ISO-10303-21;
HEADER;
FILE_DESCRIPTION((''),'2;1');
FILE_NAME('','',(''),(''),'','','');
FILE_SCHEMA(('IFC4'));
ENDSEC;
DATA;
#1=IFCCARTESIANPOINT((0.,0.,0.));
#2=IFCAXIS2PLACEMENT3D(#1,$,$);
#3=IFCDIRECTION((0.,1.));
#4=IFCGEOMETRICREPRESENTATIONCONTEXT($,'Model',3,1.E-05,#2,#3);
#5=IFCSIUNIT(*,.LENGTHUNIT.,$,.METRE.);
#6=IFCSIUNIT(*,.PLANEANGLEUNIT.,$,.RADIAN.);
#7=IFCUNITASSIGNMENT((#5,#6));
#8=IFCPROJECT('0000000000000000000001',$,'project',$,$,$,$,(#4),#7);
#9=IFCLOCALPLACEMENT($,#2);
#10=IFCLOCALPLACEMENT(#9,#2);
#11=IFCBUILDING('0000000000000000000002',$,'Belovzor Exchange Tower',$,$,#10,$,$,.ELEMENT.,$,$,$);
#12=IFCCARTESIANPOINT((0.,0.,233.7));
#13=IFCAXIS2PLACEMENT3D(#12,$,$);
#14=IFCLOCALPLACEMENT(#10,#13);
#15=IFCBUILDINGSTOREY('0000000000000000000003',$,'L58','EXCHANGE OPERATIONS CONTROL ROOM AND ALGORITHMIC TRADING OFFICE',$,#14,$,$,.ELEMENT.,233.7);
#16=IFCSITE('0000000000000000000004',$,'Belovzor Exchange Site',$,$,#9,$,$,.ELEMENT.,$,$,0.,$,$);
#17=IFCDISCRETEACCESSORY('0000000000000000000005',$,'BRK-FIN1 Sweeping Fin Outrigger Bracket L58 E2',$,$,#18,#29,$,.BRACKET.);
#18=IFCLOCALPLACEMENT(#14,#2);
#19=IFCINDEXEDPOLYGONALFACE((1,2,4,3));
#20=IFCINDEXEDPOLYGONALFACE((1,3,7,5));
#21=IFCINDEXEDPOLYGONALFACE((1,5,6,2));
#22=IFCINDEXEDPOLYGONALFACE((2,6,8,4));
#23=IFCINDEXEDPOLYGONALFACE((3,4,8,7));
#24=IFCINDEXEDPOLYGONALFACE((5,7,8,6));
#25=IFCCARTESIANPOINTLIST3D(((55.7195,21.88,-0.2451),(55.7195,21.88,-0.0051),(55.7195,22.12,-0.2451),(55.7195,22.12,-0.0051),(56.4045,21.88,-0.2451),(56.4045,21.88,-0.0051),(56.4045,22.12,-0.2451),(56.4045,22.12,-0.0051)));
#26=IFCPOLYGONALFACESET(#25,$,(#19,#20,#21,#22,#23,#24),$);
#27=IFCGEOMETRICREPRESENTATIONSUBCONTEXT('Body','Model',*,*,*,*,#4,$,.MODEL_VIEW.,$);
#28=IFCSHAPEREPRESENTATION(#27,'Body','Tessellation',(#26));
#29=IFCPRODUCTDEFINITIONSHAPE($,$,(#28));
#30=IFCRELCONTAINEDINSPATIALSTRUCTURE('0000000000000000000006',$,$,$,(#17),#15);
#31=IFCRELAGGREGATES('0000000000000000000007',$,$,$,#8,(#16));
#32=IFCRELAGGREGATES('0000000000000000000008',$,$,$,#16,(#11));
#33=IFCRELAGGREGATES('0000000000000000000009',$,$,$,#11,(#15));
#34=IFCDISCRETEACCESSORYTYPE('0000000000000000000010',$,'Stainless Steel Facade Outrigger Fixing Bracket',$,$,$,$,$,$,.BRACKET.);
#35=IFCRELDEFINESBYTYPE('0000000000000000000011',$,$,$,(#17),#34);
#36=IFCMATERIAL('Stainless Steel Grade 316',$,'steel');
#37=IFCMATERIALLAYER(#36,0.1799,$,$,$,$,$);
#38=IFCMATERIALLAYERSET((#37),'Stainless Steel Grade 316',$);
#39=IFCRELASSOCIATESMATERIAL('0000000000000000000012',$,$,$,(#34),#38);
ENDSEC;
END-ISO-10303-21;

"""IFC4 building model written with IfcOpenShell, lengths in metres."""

from ifc_helpers import new_model, si_unit, direction, frame, origin, origin_2d, place, context, subcontext, project, spatial, rectangle, extrude, material, layer, layer_set, type_object, element, save


model = new_model("IFC4")

# Units and contexts
model_context = context("Model", 3, precision=1e-05, world=origin(), true_north=direction((0.0, 1.0)))
body_context = subcontext(model_context, "Body", "Model", "MODEL_VIEW")
ifc_project = project(units=[si_unit("LENGTHUNIT", "METRE"), si_unit("PLANEANGLEUNIT", "RADIAN")], contexts=[model_context])

# Site, building, storey
site_placement = place(None, origin())
site = spatial("IfcSite", under=ifc_project, at=site_placement, Name="Belovzor Exchange Site", CompositionType="ELEMENT", RefElevation=0.0)
building_placement = place(site_placement, origin())
building = spatial("IfcBuilding", under=site, at=building_placement, Name="Belovzor Exchange Tower", CompositionType="ELEMENT")
storey_placement = place(building_placement, frame((0.0, 0.0, 233.7)))
storey = spatial("IfcBuildingStorey", under=building, at=storey_placement, Name="L58", Description="EXCHANGE OPERATIONS CONTROL ROOM AND ALGORITHMIC TRADING OFFICE", CompositionType="ELEMENT", Elevation=233.7)

# Discrete accessory
ifc_material_1 = material(Name="Stainless Steel Grade 316", Category="steel")
ifc_layer_1 = layer(ifc_material_1, 0.1799)
ifc_layer_set_1 = layer_set([ifc_layer_1], Name="Stainless Steel Grade 316")
discrete_accessory_type = type_object("IfcDiscreteAccessoryType", Name="Stainless Steel Facade Outrigger Fixing Bracket", PredefinedType="BRACKET", material=ifc_layer_set_1)
discrete_accessory_placement = place(storey_placement, frame((56.062, 22.0, -0.2451), z_axis=(0.0, 0.0, 1.0), x_axis=(1.0, 0.0, 0.0)))
element("IfcDiscreteAccessory", 1, at=discrete_accessory_placement, inside=storey, type_object=discrete_accessory_type, Name="BRK-FIN1 Sweeping Fin Outrigger Bracket L58 E2", PredefinedType="BRACKET", context=body_context, shape_type="SweptSolid", body=[
    extrude(rectangle(XDim=0.6851, YDim=0.24, at=origin_2d()), origin(), (0.0, 0.0, 1.0), 0.24),
])

save(model, "model.ifc")
